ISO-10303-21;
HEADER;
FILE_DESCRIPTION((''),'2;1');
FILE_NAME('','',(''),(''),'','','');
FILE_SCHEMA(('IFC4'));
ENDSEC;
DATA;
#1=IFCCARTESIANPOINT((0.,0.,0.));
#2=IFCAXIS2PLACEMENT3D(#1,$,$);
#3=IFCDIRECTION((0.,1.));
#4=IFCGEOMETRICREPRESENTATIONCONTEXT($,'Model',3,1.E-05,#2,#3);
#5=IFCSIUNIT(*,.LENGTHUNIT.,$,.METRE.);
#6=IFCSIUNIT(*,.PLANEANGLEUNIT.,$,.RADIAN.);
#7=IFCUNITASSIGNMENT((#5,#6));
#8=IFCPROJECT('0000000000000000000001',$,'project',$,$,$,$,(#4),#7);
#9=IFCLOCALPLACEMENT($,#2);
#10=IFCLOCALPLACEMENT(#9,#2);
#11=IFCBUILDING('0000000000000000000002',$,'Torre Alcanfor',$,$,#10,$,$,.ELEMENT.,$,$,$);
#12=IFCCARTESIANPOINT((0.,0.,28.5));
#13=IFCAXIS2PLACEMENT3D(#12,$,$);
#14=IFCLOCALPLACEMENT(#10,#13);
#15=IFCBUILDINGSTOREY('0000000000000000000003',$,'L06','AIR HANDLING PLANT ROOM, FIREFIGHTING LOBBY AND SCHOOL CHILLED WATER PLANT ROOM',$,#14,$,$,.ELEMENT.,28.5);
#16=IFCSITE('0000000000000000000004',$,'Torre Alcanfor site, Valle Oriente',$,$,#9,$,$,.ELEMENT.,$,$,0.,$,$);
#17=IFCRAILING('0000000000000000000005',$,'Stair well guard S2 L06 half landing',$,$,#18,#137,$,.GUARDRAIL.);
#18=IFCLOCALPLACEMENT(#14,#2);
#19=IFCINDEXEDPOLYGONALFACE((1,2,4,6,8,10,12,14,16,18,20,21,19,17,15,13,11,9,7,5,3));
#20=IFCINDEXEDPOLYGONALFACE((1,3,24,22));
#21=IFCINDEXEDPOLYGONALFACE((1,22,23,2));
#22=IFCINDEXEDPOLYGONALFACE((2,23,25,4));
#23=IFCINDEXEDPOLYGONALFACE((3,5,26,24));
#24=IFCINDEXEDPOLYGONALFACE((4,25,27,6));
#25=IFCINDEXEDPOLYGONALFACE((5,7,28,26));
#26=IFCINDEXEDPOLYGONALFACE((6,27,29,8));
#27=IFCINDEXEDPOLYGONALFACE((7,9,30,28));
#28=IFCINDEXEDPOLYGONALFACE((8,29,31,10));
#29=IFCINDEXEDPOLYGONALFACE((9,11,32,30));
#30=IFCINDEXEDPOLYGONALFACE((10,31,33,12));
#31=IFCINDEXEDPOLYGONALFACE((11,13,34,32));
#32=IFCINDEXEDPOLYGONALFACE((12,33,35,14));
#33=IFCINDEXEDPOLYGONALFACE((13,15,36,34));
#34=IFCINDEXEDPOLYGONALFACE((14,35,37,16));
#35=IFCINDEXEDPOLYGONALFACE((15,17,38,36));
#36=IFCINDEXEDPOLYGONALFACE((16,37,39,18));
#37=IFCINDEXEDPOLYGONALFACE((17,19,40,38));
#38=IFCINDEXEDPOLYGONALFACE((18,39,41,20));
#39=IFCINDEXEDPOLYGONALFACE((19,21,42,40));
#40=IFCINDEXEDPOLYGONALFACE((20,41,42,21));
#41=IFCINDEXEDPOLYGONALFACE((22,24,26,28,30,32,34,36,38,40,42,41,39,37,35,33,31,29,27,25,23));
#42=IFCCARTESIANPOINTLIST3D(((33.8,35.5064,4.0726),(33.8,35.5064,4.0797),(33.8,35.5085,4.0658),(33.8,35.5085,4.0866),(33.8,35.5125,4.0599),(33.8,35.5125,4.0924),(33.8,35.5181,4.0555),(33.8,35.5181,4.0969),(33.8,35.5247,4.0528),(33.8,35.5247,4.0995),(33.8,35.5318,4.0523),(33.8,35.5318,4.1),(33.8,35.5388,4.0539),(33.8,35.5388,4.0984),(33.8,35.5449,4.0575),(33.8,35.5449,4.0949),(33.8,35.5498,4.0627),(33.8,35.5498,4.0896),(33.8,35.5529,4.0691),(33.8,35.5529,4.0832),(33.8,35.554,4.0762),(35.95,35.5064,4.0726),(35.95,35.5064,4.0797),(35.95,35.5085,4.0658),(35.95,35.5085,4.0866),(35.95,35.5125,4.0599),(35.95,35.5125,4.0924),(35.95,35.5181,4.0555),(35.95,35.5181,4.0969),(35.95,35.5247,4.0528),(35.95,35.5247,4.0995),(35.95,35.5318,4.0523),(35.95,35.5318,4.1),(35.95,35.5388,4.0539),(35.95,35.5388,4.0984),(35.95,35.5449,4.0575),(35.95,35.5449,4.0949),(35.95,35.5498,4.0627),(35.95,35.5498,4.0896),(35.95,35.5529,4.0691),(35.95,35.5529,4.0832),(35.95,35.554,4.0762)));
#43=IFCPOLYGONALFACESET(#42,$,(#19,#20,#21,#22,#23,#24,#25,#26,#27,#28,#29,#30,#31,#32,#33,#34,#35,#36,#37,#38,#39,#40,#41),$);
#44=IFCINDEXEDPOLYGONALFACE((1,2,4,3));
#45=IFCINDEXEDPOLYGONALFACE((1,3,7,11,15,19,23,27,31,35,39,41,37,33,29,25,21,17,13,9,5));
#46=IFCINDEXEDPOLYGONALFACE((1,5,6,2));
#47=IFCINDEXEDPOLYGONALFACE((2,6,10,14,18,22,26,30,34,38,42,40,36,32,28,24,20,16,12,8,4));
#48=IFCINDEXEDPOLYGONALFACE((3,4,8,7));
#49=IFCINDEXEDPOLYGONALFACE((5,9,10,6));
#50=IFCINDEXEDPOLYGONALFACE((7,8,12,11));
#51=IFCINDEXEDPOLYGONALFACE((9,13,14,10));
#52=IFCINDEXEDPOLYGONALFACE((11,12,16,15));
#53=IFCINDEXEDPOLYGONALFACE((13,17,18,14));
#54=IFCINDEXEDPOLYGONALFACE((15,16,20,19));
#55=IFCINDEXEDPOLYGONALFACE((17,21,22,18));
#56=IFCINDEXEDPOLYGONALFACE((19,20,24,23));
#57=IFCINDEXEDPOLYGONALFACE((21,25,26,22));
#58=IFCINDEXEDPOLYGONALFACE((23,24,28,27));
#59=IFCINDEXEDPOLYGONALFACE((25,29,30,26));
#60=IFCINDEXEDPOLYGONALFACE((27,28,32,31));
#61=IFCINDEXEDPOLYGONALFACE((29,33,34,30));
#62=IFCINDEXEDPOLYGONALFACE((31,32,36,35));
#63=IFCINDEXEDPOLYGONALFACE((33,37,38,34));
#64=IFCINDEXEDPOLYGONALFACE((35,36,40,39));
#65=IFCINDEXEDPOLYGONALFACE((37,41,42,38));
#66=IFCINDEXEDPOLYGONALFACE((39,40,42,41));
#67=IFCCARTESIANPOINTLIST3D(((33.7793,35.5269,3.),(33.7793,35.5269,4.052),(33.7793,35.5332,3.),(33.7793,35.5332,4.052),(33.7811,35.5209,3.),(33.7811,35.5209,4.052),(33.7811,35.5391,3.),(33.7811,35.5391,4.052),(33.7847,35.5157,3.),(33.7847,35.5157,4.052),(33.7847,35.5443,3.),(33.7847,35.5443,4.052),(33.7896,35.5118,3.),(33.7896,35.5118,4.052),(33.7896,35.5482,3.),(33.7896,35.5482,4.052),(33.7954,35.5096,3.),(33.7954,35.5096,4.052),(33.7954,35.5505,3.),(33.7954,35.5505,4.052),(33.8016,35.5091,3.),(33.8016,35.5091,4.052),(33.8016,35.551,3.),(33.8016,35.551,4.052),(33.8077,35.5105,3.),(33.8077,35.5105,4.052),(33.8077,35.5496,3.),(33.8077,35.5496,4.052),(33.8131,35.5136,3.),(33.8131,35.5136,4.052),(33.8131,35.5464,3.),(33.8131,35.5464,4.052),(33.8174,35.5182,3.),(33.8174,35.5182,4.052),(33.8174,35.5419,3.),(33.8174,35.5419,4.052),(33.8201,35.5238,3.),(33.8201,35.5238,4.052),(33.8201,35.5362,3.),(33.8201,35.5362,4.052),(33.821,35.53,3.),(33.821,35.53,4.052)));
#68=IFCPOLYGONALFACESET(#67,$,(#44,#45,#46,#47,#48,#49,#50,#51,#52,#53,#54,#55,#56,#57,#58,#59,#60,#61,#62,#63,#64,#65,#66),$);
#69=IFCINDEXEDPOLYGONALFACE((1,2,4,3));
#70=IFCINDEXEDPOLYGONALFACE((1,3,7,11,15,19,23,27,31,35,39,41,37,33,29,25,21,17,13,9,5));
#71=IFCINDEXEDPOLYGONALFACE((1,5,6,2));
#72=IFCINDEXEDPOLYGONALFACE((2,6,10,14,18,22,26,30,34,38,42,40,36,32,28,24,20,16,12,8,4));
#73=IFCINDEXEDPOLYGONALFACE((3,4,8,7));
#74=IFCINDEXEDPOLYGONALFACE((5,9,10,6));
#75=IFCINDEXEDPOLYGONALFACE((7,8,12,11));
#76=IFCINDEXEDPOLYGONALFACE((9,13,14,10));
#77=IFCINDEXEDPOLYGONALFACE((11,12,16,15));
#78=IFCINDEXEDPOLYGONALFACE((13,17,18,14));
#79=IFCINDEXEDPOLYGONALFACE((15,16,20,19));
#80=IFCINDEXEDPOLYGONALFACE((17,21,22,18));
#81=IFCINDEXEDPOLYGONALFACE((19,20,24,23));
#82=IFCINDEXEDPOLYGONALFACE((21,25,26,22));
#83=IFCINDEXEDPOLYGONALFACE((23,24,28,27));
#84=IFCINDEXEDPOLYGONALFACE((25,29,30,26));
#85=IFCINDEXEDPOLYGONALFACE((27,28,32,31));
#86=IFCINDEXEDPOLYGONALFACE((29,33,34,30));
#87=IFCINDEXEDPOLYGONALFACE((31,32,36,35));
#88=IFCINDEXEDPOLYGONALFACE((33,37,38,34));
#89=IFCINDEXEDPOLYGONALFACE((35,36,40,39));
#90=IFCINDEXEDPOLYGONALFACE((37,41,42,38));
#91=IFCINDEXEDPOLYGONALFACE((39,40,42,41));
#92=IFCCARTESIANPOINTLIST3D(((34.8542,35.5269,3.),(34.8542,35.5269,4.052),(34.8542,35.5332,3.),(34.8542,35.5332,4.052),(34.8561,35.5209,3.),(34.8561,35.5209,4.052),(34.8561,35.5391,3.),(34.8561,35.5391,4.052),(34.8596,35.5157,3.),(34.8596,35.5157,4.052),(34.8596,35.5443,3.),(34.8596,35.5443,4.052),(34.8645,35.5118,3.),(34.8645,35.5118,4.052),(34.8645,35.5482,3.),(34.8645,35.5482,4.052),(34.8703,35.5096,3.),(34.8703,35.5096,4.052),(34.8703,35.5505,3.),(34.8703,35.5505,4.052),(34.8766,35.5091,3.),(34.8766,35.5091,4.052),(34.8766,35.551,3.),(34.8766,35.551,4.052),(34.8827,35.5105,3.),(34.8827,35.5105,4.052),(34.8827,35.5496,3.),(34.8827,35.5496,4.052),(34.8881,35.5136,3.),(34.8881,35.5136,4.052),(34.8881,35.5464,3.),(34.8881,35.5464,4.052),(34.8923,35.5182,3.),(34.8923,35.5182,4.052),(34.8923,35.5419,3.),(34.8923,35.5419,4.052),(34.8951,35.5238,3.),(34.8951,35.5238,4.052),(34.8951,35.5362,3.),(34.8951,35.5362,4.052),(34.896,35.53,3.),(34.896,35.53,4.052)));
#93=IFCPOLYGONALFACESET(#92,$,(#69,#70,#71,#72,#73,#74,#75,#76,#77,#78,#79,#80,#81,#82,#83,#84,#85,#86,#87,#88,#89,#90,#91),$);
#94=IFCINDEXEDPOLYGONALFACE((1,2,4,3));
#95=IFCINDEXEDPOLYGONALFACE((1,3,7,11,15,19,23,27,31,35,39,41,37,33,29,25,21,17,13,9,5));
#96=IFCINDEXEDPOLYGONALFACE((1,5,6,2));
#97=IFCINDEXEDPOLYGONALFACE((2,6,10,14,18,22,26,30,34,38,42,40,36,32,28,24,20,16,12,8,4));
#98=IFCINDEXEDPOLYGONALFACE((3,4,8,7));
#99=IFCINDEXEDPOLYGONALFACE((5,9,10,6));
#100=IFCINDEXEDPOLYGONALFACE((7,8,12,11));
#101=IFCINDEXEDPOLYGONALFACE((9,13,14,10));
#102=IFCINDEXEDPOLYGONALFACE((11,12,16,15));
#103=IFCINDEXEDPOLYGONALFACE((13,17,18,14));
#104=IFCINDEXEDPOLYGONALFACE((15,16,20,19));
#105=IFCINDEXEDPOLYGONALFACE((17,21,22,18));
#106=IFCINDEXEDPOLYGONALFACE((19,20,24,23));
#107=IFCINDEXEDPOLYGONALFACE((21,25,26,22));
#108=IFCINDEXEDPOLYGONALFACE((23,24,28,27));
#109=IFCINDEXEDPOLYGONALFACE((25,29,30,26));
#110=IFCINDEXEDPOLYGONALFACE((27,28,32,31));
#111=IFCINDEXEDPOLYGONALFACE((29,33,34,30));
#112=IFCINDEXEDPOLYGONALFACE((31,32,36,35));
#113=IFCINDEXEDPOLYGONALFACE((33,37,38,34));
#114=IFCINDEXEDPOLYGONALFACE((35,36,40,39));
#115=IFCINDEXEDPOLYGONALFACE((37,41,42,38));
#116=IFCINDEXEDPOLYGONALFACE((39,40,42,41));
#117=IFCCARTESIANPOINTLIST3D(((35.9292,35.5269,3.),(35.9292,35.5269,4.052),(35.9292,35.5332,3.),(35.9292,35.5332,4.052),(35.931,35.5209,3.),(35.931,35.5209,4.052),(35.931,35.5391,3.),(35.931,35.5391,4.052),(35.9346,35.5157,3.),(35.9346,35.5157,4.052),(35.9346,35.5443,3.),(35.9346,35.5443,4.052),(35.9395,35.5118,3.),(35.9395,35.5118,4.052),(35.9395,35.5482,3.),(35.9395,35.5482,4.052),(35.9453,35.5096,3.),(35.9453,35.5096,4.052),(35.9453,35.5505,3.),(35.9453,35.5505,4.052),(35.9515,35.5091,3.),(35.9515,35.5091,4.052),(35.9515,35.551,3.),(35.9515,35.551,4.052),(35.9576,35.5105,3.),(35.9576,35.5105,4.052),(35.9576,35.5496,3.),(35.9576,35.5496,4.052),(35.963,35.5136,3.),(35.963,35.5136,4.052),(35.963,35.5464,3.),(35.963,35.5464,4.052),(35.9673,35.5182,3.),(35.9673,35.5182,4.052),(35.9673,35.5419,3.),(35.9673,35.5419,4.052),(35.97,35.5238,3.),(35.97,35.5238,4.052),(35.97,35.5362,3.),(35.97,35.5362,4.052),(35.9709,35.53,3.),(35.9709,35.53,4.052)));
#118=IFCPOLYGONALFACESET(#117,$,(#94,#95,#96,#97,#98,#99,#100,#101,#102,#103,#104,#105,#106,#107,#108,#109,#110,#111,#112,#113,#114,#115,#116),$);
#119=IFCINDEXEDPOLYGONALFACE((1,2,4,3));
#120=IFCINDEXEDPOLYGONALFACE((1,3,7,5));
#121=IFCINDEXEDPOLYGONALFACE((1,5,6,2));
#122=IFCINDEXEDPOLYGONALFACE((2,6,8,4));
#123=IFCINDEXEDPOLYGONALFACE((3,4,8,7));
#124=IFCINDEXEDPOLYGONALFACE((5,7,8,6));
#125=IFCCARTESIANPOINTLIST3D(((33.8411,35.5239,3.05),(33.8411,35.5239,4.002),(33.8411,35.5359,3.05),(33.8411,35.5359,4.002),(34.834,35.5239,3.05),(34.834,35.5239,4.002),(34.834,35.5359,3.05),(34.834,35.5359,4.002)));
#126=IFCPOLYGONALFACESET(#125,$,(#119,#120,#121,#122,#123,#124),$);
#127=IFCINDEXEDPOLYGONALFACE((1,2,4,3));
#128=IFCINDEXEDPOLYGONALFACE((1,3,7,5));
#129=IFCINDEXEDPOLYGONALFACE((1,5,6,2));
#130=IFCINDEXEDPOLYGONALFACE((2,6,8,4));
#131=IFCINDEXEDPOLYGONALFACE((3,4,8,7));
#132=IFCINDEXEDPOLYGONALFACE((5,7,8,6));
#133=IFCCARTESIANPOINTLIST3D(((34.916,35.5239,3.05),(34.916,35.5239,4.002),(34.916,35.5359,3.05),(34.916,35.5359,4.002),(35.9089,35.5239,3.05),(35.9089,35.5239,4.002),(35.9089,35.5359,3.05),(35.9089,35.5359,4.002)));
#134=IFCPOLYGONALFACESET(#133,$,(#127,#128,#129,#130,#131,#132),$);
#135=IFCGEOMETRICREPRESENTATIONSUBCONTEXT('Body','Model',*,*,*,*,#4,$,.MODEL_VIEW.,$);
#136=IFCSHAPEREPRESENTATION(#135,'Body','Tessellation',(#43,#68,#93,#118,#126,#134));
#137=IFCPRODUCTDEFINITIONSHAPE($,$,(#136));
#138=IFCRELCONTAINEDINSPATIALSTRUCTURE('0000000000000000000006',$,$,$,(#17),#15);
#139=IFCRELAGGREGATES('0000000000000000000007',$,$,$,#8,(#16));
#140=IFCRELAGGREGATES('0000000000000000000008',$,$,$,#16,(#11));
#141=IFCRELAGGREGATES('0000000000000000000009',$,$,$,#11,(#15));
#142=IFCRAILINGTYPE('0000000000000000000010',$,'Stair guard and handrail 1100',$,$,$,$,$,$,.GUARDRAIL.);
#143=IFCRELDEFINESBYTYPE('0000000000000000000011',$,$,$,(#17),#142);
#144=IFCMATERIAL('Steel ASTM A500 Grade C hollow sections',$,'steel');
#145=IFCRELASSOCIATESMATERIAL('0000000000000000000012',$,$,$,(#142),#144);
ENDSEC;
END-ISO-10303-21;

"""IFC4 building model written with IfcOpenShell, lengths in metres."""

from ifc_helpers import new_model, si_unit, direction, frame, origin, origin_2d, place, context, subcontext, project, spatial, polyline, circle, outline, extrude, material, type_object, element, save


model = new_model("IFC4")

# Units and contexts
model_context = context("Model", 3, precision=1e-05, world=origin(), true_north=direction((0.0, 1.0)))
body_context = subcontext(model_context, "Body", "Model", "MODEL_VIEW")
ifc_project = project(units=[si_unit("LENGTHUNIT", "METRE"), si_unit("PLANEANGLEUNIT", "RADIAN")], contexts=[model_context])

# Site, building, storey
site_placement = place(None, origin())
site = spatial("IfcSite", under=ifc_project, at=site_placement, Name="Torre Alcanfor site, Valle Oriente", CompositionType="ELEMENT", RefElevation=0.0)
building_placement = place(site_placement, origin())
building = spatial("IfcBuilding", under=site, at=building_placement, Name="Torre Alcanfor", CompositionType="ELEMENT")
storey_placement = place(building_placement, frame((0.0, 0.0, 28.5)))
storey = spatial("IfcBuildingStorey", under=building, at=storey_placement, Name="L06", Description="AIR HANDLING PLANT ROOM, FIREFIGHTING LOBBY AND SCHOOL CHILLED WATER PLANT ROOM", CompositionType="ELEMENT", Elevation=28.5)

# Railing
ifc_material_1 = material(Name="Steel ASTM A500 Grade C hollow sections", Category="steel")
railing_type_1 = type_object("IfcRailingType", Name="Stair guard and handrail 1100", PredefinedType="GUARDRAIL", material=ifc_material_1)
for number, where, name in (
    (1, (33.8, 35.53, 3.0), "Stair well guard S2 L06 half landing"),
):
    element("IfcRailing", number, at=place(storey_placement, frame(where)), inside=storey, type_object=railing_type_1, Name=name, PredefinedType="GUARDRAIL", context=body_context, shape_type="SweptSolid", body=[
        extrude(circle(Radius=0.0239, at=origin_2d()), frame((0.0, 0.0, 1.0762), z_axis=(1.0, 0.0, 0.0), x_axis=(0.0, 1.0, 0.0)), (0.0, 0.0, 1.0), 2.1499),
        extrude(circle(Radius=0.021, at=origin_2d()), origin(), (0.0, 0.0, 1.0), 1.052),
        extrude(circle(Radius=0.021, at=origin_2d()), frame((1.075, 0.0, 0.0)), (0.0, 0.0, 1.0), 1.052),
        extrude(circle(Radius=0.021, at=origin_2d()), frame((2.1499, 0.0, 0.0)), (0.0, 0.0, 1.0), 1.052),
        extrude(outline(polyline([(0.041, 0.05), (1.0339, 0.05), (1.0339, 1.002), (0.041, 1.002), (0.041, 0.05)])), frame((0.0, 0.0059, 0.0), z_axis=(0.0, -1.0, 0.0), x_axis=(1.0, 0.0, 0.0)), (0.0, 0.0, 1.0), 0.012),
        extrude(outline(polyline([(1.116, 0.05), (2.1089, 0.05), (2.1089, 1.002), (1.116, 1.002), (1.116, 0.05)])), frame((0.0, 0.0059, 0.0), z_axis=(0.0, -1.0, 0.0), x_axis=(1.0, 0.0, 0.0)), (0.0, 0.0, 1.0), 0.012),
    ])

save(model, "model.ifc")
